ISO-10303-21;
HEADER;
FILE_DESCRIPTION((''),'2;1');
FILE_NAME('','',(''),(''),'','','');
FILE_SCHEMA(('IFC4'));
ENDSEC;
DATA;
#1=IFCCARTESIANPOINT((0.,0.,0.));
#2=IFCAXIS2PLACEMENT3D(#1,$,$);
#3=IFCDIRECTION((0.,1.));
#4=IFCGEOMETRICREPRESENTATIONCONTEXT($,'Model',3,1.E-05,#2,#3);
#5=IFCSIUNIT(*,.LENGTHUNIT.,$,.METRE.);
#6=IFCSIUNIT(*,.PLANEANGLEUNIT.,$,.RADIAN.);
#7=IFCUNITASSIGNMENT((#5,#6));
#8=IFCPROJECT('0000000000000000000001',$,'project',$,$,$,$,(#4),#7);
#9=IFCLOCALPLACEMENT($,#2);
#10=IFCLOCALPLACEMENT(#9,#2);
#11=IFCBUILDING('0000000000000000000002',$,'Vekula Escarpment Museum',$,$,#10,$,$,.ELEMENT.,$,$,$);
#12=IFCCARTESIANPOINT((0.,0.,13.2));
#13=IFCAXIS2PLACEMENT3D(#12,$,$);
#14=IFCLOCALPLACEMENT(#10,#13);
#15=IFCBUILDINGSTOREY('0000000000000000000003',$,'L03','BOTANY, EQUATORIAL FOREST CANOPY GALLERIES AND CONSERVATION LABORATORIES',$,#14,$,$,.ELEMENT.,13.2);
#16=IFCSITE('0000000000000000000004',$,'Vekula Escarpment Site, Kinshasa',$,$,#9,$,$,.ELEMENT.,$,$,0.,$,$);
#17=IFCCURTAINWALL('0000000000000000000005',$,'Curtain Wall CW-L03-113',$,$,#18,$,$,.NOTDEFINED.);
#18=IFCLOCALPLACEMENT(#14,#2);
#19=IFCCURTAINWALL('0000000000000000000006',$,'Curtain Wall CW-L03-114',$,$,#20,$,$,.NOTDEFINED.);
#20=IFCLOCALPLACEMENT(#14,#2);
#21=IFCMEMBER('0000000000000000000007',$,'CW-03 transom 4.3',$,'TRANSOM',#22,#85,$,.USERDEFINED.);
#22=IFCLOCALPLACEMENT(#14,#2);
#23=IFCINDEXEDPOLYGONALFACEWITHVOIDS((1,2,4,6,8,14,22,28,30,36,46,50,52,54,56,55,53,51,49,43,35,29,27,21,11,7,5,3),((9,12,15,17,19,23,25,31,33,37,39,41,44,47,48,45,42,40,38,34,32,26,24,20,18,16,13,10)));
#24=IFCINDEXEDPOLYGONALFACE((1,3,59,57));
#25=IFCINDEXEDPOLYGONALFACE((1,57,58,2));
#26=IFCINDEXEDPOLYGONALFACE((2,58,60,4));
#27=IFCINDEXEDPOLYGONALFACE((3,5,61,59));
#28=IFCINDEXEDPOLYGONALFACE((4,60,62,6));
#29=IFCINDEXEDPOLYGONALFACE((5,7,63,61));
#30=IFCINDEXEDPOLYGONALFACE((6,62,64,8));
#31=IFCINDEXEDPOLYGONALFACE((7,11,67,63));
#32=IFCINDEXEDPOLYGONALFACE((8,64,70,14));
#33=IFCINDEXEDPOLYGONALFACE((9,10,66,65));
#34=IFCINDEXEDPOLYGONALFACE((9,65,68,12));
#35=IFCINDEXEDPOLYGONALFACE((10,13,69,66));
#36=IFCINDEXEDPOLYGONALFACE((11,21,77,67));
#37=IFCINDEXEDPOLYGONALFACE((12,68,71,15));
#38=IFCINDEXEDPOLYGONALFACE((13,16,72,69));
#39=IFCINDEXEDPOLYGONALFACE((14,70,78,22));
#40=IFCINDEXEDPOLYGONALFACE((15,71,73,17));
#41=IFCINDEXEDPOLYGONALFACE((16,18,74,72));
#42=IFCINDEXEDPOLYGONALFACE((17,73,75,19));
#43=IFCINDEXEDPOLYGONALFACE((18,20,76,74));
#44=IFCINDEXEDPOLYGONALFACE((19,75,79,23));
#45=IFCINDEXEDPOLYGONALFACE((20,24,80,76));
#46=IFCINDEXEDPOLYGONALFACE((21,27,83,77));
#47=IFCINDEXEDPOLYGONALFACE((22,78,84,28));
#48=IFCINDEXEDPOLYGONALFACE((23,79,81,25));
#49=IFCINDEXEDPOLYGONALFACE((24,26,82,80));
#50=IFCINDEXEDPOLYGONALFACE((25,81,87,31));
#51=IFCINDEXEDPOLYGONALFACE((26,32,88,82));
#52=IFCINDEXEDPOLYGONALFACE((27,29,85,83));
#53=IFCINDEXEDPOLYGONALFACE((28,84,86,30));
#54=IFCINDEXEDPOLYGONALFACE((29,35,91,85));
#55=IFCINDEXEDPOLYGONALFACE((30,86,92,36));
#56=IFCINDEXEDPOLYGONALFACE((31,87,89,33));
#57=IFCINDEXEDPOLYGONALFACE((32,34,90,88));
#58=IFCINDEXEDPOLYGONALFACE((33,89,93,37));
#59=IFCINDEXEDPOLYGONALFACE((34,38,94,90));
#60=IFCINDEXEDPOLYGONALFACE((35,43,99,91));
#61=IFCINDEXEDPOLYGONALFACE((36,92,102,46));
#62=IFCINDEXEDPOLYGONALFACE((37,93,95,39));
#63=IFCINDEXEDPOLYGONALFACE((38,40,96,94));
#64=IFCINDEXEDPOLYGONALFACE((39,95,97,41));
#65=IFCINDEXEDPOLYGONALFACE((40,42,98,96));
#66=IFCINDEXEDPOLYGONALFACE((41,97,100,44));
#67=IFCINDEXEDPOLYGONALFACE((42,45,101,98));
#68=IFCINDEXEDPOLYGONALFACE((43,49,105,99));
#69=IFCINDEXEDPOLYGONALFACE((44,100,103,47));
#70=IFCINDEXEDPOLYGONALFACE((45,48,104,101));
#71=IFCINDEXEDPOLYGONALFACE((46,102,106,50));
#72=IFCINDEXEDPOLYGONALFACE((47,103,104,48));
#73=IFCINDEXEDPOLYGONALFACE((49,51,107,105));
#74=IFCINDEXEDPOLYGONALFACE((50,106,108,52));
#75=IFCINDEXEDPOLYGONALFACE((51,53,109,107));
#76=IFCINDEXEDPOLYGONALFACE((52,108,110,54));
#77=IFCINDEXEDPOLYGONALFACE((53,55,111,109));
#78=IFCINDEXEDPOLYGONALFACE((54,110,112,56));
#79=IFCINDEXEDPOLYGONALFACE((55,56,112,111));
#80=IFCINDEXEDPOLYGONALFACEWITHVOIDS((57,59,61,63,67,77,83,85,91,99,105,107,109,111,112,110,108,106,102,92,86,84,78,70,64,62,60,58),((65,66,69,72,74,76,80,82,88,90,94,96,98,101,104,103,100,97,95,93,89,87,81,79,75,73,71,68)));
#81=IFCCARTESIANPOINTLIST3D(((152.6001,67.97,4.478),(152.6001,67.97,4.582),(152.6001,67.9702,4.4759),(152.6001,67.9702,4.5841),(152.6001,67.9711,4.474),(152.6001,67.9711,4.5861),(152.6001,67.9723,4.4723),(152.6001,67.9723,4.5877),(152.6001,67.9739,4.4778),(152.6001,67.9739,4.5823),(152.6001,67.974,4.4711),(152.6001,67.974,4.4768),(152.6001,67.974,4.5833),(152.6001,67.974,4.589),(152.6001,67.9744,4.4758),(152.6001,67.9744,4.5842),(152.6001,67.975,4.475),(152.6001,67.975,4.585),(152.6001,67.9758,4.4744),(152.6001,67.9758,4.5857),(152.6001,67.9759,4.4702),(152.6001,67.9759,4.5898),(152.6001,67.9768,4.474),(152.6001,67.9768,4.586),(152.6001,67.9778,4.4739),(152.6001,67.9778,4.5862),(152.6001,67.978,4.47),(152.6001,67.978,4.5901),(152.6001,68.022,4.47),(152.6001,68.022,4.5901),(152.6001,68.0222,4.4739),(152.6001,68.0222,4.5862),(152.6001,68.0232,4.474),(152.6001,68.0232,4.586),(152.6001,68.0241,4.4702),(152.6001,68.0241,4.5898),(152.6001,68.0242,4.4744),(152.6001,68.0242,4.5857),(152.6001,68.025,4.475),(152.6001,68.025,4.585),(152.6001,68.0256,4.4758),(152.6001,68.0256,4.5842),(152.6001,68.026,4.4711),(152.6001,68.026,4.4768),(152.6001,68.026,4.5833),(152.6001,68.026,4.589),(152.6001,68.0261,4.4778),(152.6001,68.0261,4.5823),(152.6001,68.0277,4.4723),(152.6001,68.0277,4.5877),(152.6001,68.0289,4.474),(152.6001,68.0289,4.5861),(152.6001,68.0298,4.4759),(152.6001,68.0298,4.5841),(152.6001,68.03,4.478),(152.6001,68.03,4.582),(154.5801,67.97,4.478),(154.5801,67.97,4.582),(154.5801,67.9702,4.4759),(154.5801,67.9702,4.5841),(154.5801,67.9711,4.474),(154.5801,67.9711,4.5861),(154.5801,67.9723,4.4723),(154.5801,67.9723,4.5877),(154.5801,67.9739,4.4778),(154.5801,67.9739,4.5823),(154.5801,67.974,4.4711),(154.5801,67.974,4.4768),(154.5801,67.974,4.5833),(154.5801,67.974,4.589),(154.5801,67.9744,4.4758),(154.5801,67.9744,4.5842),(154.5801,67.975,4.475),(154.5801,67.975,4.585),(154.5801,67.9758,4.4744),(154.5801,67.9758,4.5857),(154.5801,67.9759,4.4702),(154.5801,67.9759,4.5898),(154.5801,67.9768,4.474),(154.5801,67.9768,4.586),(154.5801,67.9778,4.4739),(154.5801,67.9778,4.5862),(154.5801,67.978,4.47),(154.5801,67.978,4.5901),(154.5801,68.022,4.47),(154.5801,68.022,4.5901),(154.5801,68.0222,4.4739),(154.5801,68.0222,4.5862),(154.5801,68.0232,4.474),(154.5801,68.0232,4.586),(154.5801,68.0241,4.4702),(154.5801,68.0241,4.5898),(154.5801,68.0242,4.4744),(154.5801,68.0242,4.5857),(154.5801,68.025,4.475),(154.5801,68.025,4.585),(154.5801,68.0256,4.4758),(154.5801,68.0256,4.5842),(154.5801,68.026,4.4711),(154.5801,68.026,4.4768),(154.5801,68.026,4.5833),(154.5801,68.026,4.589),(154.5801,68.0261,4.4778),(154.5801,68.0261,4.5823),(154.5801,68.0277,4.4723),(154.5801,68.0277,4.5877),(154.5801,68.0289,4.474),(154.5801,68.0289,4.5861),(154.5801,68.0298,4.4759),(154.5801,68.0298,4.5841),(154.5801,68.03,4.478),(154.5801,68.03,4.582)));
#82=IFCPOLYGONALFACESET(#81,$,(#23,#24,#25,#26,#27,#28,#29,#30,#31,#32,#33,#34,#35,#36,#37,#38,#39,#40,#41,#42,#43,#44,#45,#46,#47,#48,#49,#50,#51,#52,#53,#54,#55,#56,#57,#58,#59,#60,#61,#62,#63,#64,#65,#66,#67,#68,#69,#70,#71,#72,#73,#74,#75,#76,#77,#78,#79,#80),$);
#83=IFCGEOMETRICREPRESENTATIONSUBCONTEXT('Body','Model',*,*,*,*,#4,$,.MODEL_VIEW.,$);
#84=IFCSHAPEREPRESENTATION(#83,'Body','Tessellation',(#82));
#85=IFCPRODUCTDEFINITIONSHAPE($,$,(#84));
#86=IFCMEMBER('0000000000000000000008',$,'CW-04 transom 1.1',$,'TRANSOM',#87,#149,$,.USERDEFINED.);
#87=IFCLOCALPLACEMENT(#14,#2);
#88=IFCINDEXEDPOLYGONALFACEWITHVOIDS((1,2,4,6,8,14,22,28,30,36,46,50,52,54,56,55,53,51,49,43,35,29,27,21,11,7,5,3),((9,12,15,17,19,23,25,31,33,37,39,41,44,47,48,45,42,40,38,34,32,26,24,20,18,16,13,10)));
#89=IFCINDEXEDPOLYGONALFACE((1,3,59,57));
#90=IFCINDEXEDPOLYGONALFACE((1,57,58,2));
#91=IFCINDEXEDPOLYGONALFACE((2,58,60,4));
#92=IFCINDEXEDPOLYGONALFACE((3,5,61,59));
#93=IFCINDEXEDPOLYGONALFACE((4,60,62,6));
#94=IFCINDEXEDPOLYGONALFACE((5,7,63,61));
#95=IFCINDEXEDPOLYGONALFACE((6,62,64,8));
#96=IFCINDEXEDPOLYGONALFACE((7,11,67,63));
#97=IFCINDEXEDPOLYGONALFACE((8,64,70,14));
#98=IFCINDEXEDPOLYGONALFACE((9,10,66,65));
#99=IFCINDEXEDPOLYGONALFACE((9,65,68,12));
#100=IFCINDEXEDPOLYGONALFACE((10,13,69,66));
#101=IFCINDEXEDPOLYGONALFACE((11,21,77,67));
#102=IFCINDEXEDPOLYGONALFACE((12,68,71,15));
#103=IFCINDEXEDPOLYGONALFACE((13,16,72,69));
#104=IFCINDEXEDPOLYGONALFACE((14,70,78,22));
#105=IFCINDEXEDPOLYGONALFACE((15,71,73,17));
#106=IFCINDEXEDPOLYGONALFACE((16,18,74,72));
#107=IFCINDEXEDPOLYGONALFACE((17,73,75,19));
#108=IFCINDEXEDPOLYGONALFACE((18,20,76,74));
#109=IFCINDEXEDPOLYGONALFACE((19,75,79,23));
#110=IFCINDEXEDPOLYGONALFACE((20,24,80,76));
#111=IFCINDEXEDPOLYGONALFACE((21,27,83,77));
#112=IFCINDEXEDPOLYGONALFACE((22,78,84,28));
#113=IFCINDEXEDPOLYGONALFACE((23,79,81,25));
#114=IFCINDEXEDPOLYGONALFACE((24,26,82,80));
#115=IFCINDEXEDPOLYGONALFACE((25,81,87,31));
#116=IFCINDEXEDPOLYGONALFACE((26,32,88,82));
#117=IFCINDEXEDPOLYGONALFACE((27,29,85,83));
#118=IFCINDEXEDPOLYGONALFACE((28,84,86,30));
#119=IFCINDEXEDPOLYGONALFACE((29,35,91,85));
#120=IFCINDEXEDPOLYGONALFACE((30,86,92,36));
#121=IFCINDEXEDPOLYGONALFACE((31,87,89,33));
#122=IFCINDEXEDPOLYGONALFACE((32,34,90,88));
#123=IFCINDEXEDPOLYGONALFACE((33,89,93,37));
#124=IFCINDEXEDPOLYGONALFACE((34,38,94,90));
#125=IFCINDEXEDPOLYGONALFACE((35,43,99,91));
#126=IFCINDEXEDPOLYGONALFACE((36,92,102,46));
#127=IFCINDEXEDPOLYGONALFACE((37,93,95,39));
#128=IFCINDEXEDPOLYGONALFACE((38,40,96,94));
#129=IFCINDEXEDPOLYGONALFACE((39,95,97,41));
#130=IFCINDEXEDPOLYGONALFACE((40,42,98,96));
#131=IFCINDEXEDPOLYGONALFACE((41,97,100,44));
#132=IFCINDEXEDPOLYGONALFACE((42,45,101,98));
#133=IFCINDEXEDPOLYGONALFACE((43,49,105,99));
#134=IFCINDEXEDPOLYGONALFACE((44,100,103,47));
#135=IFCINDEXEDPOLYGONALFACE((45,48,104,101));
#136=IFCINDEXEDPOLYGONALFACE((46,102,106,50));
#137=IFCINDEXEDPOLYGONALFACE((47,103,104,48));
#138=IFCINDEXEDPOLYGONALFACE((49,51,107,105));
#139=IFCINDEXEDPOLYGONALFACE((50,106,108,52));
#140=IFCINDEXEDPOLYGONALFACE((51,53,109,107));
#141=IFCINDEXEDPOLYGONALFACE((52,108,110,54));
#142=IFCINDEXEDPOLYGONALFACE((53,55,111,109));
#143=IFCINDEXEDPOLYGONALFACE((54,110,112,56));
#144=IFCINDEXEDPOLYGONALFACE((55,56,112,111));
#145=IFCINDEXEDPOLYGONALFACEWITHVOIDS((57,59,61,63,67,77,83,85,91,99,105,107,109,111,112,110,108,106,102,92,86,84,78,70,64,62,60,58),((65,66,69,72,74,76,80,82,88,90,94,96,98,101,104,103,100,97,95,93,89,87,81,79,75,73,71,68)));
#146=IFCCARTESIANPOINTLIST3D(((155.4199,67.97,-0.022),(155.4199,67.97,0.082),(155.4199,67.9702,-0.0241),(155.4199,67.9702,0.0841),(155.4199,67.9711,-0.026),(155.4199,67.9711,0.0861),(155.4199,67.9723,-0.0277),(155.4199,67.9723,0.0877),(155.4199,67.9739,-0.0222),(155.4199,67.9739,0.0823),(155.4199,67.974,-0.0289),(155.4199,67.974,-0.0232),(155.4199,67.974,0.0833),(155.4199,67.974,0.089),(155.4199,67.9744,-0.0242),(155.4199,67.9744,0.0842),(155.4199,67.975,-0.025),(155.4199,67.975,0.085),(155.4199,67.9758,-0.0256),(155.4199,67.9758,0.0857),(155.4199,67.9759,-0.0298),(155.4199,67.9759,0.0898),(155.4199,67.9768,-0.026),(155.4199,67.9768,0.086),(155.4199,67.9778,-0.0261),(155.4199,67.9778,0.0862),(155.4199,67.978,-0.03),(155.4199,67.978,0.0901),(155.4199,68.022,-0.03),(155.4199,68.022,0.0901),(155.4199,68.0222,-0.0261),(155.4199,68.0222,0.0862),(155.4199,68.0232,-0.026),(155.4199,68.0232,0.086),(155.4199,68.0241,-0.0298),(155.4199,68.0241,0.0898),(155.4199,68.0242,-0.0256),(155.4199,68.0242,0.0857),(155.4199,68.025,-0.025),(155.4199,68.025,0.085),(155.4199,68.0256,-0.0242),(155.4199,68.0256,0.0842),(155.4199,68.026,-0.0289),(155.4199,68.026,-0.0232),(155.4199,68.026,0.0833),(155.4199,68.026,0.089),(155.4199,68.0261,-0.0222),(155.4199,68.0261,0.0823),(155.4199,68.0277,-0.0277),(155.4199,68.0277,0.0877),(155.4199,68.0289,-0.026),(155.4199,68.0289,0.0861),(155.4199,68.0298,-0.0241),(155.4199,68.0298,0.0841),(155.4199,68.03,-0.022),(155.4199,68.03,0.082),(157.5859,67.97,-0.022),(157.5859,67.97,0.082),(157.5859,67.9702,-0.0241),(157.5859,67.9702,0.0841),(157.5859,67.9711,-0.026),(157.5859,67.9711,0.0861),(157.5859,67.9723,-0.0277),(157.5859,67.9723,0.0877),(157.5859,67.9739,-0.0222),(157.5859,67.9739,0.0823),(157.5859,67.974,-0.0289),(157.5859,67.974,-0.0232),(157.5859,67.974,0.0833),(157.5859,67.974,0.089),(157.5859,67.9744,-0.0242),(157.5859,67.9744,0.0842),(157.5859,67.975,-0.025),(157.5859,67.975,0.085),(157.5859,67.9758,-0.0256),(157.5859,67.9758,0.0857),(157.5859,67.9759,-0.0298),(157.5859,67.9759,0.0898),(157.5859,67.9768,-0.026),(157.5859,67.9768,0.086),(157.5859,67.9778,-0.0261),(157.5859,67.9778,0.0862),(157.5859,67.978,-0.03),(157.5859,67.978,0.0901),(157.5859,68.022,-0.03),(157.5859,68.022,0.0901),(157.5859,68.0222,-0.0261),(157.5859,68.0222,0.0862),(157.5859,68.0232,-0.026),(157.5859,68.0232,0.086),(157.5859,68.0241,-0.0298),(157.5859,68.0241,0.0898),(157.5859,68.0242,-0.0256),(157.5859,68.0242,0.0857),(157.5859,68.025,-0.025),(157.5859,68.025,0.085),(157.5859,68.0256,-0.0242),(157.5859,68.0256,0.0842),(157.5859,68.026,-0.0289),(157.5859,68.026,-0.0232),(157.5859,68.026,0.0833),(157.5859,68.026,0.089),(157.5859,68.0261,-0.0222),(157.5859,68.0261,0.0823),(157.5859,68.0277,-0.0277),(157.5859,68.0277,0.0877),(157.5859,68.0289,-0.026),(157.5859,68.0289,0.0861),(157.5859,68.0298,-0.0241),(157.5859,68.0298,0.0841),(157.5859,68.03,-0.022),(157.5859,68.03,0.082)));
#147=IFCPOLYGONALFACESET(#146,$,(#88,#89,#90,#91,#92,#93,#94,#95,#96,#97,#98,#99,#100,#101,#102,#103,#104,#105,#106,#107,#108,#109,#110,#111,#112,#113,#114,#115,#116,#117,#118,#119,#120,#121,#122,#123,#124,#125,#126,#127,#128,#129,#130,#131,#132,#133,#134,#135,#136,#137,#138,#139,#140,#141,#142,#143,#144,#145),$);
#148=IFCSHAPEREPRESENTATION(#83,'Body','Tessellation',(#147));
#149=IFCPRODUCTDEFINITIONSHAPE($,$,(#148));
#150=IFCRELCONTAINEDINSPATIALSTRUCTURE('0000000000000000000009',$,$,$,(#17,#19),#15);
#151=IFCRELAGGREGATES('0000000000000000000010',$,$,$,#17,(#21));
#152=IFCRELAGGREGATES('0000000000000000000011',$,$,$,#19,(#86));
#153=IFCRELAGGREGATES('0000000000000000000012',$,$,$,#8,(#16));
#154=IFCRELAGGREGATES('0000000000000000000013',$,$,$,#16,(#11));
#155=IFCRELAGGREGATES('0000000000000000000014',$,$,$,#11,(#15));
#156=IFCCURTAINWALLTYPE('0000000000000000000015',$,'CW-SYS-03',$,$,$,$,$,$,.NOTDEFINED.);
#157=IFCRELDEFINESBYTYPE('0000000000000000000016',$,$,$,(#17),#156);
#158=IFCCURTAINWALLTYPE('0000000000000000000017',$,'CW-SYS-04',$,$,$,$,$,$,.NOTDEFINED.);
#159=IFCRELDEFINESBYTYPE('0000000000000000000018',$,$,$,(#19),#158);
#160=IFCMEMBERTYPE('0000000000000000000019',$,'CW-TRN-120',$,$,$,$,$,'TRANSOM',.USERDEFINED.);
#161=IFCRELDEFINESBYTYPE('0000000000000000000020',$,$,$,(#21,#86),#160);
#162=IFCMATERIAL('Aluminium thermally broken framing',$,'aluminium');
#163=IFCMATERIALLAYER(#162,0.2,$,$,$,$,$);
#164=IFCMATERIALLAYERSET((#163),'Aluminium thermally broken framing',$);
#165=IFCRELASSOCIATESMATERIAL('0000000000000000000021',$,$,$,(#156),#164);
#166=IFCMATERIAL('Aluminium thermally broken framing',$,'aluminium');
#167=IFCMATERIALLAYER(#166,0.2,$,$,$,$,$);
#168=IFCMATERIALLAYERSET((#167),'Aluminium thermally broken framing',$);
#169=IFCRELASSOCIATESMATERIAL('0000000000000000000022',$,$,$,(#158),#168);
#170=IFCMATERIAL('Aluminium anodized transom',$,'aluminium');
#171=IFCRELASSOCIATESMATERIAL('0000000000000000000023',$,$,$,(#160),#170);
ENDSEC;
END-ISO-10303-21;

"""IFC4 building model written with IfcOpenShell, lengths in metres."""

from ifc_helpers import new_model, si_unit, direction, frame, origin, origin_2d, place, context, subcontext, project, spatial, hollow_rectangle, extrude, material, layer, layer_set, material_profile, profile_set, type_object, element, aggregate, save


model = new_model("IFC4")

# Units and contexts
model_context = context("Model", 3, precision=1e-05, world=origin(), true_north=direction((0.0, 1.0)))
body_context = subcontext(model_context, "Body", "Model", "MODEL_VIEW")
ifc_project = project(units=[si_unit("LENGTHUNIT", "METRE"), si_unit("PLANEANGLEUNIT", "RADIAN")], contexts=[model_context])

# Site, building, storey
site_placement = place(None, origin())
site = spatial("IfcSite", under=ifc_project, at=site_placement, Name="Vekula Escarpment Site, Kinshasa", CompositionType="ELEMENT", RefElevation=0.0)
building_placement = place(site_placement, origin())
building = spatial("IfcBuilding", under=site, at=building_placement, Name="Vekula Escarpment Museum", CompositionType="ELEMENT")
storey_placement = place(building_placement, frame((0.0, 0.0, 13.2)))
storey = spatial("IfcBuildingStorey", under=building, at=storey_placement, Name="L03", Description="BOTANY, EQUATORIAL FOREST CANOPY GALLERIES AND CONSERVATION LABORATORIES", CompositionType="ELEMENT", Elevation=13.2)

# Curtain walls
ifc_material_1 = material(Name="Aluminium thermally broken framing", Category="aluminium")
ifc_layer_1 = layer(ifc_material_1, 0.2)
ifc_layer_set_1 = layer_set([ifc_layer_1], Name="Aluminium thermally broken framing")
curtain_wall_type_1 = type_object("IfcCurtainWallType", Name="CW-SYS-03", PredefinedType="NOTDEFINED", material=ifc_layer_set_1)
curtain_wall_1_placement = place(storey_placement, origin())
curtain_wall_1 = element("IfcCurtainWall", 1, at=curtain_wall_1_placement, inside=storey, type_object=curtain_wall_type_1, Name="Curtain Wall CW-L03-113", PredefinedType="NOTDEFINED")
ifc_material_2 = material(Name="Aluminium thermally broken framing", Category="aluminium")
ifc_layer_2 = layer(ifc_material_2, 0.2)
ifc_layer_set_2 = layer_set([ifc_layer_2], Name="Aluminium thermally broken framing")
curtain_wall_type_2 = type_object("IfcCurtainWallType", Name="CW-SYS-04", PredefinedType="NOTDEFINED", material=ifc_layer_set_2)
curtain_wall_2_placement = place(storey_placement, origin())
curtain_wall_2 = element("IfcCurtainWall", 2, at=curtain_wall_2_placement, inside=storey, type_object=curtain_wall_type_2, Name="Curtain Wall CW-L03-114", PredefinedType="NOTDEFINED")

# Members
ifc_material_3 = material(Name="Aluminium anodized transom", Category="aluminium")
ifc_material_profile_1 = material_profile(ifc_material_3, hollow_rectangle(XDim=0.0601, YDim=0.1201, WallThickness=0.0039, InnerFilletRadius=0.0039, OuterFilletRadius=0.0081, at=origin_2d()), Name="ALU 120x60x4")
ifc_profile_set_1 = profile_set([ifc_material_profile_1], Name="Aluminium anodized transom")
member_type_1 = type_object("IfcMemberType", Name="CW-TRN-120", ElementType="TRANSOM", PredefinedType="USERDEFINED", material=ifc_profile_set_1)
member_1_placement = place(storey_placement, frame((152.6001, 68.0, 4.53), z_axis=(1.0, 0.0, 0.0), x_axis=(0.0, 1.0, 0.0)))
member_1 = element("IfcMember", 3, at=member_1_placement, type_object=member_type_1, Name="CW-03 transom 4.3", ObjectType="TRANSOM", PredefinedType="USERDEFINED", context=body_context, shape_type="SweptSolid", body=[
    extrude(hollow_rectangle(XDim=0.0601, YDim=0.1201, WallThickness=0.0039, InnerFilletRadius=0.0039, OuterFilletRadius=0.0081, at=origin_2d()), origin(), (0.0, 0.0, 1.0), 1.98),
])
member_2_placement = place(storey_placement, frame((155.4199, 68.0, 0.03), z_axis=(1.0, 0.0, 0.0), x_axis=(0.0, 1.0, 0.0)))
member_2 = element("IfcMember", 4, at=member_2_placement, type_object=member_type_1, Name="CW-04 transom 1.1", ObjectType="TRANSOM", PredefinedType="USERDEFINED", context=body_context, shape_type="SweptSolid", body=[
    extrude(hollow_rectangle(XDim=0.0601, YDim=0.1201, WallThickness=0.0039, InnerFilletRadius=0.0039, OuterFilletRadius=0.0081, at=origin_2d()), origin(), (0.0, 0.0, 1.0), 2.166),
])

aggregate(curtain_wall_1, [member_1])
aggregate(curtain_wall_2, [member_2])

save(model, "model.ifc")
